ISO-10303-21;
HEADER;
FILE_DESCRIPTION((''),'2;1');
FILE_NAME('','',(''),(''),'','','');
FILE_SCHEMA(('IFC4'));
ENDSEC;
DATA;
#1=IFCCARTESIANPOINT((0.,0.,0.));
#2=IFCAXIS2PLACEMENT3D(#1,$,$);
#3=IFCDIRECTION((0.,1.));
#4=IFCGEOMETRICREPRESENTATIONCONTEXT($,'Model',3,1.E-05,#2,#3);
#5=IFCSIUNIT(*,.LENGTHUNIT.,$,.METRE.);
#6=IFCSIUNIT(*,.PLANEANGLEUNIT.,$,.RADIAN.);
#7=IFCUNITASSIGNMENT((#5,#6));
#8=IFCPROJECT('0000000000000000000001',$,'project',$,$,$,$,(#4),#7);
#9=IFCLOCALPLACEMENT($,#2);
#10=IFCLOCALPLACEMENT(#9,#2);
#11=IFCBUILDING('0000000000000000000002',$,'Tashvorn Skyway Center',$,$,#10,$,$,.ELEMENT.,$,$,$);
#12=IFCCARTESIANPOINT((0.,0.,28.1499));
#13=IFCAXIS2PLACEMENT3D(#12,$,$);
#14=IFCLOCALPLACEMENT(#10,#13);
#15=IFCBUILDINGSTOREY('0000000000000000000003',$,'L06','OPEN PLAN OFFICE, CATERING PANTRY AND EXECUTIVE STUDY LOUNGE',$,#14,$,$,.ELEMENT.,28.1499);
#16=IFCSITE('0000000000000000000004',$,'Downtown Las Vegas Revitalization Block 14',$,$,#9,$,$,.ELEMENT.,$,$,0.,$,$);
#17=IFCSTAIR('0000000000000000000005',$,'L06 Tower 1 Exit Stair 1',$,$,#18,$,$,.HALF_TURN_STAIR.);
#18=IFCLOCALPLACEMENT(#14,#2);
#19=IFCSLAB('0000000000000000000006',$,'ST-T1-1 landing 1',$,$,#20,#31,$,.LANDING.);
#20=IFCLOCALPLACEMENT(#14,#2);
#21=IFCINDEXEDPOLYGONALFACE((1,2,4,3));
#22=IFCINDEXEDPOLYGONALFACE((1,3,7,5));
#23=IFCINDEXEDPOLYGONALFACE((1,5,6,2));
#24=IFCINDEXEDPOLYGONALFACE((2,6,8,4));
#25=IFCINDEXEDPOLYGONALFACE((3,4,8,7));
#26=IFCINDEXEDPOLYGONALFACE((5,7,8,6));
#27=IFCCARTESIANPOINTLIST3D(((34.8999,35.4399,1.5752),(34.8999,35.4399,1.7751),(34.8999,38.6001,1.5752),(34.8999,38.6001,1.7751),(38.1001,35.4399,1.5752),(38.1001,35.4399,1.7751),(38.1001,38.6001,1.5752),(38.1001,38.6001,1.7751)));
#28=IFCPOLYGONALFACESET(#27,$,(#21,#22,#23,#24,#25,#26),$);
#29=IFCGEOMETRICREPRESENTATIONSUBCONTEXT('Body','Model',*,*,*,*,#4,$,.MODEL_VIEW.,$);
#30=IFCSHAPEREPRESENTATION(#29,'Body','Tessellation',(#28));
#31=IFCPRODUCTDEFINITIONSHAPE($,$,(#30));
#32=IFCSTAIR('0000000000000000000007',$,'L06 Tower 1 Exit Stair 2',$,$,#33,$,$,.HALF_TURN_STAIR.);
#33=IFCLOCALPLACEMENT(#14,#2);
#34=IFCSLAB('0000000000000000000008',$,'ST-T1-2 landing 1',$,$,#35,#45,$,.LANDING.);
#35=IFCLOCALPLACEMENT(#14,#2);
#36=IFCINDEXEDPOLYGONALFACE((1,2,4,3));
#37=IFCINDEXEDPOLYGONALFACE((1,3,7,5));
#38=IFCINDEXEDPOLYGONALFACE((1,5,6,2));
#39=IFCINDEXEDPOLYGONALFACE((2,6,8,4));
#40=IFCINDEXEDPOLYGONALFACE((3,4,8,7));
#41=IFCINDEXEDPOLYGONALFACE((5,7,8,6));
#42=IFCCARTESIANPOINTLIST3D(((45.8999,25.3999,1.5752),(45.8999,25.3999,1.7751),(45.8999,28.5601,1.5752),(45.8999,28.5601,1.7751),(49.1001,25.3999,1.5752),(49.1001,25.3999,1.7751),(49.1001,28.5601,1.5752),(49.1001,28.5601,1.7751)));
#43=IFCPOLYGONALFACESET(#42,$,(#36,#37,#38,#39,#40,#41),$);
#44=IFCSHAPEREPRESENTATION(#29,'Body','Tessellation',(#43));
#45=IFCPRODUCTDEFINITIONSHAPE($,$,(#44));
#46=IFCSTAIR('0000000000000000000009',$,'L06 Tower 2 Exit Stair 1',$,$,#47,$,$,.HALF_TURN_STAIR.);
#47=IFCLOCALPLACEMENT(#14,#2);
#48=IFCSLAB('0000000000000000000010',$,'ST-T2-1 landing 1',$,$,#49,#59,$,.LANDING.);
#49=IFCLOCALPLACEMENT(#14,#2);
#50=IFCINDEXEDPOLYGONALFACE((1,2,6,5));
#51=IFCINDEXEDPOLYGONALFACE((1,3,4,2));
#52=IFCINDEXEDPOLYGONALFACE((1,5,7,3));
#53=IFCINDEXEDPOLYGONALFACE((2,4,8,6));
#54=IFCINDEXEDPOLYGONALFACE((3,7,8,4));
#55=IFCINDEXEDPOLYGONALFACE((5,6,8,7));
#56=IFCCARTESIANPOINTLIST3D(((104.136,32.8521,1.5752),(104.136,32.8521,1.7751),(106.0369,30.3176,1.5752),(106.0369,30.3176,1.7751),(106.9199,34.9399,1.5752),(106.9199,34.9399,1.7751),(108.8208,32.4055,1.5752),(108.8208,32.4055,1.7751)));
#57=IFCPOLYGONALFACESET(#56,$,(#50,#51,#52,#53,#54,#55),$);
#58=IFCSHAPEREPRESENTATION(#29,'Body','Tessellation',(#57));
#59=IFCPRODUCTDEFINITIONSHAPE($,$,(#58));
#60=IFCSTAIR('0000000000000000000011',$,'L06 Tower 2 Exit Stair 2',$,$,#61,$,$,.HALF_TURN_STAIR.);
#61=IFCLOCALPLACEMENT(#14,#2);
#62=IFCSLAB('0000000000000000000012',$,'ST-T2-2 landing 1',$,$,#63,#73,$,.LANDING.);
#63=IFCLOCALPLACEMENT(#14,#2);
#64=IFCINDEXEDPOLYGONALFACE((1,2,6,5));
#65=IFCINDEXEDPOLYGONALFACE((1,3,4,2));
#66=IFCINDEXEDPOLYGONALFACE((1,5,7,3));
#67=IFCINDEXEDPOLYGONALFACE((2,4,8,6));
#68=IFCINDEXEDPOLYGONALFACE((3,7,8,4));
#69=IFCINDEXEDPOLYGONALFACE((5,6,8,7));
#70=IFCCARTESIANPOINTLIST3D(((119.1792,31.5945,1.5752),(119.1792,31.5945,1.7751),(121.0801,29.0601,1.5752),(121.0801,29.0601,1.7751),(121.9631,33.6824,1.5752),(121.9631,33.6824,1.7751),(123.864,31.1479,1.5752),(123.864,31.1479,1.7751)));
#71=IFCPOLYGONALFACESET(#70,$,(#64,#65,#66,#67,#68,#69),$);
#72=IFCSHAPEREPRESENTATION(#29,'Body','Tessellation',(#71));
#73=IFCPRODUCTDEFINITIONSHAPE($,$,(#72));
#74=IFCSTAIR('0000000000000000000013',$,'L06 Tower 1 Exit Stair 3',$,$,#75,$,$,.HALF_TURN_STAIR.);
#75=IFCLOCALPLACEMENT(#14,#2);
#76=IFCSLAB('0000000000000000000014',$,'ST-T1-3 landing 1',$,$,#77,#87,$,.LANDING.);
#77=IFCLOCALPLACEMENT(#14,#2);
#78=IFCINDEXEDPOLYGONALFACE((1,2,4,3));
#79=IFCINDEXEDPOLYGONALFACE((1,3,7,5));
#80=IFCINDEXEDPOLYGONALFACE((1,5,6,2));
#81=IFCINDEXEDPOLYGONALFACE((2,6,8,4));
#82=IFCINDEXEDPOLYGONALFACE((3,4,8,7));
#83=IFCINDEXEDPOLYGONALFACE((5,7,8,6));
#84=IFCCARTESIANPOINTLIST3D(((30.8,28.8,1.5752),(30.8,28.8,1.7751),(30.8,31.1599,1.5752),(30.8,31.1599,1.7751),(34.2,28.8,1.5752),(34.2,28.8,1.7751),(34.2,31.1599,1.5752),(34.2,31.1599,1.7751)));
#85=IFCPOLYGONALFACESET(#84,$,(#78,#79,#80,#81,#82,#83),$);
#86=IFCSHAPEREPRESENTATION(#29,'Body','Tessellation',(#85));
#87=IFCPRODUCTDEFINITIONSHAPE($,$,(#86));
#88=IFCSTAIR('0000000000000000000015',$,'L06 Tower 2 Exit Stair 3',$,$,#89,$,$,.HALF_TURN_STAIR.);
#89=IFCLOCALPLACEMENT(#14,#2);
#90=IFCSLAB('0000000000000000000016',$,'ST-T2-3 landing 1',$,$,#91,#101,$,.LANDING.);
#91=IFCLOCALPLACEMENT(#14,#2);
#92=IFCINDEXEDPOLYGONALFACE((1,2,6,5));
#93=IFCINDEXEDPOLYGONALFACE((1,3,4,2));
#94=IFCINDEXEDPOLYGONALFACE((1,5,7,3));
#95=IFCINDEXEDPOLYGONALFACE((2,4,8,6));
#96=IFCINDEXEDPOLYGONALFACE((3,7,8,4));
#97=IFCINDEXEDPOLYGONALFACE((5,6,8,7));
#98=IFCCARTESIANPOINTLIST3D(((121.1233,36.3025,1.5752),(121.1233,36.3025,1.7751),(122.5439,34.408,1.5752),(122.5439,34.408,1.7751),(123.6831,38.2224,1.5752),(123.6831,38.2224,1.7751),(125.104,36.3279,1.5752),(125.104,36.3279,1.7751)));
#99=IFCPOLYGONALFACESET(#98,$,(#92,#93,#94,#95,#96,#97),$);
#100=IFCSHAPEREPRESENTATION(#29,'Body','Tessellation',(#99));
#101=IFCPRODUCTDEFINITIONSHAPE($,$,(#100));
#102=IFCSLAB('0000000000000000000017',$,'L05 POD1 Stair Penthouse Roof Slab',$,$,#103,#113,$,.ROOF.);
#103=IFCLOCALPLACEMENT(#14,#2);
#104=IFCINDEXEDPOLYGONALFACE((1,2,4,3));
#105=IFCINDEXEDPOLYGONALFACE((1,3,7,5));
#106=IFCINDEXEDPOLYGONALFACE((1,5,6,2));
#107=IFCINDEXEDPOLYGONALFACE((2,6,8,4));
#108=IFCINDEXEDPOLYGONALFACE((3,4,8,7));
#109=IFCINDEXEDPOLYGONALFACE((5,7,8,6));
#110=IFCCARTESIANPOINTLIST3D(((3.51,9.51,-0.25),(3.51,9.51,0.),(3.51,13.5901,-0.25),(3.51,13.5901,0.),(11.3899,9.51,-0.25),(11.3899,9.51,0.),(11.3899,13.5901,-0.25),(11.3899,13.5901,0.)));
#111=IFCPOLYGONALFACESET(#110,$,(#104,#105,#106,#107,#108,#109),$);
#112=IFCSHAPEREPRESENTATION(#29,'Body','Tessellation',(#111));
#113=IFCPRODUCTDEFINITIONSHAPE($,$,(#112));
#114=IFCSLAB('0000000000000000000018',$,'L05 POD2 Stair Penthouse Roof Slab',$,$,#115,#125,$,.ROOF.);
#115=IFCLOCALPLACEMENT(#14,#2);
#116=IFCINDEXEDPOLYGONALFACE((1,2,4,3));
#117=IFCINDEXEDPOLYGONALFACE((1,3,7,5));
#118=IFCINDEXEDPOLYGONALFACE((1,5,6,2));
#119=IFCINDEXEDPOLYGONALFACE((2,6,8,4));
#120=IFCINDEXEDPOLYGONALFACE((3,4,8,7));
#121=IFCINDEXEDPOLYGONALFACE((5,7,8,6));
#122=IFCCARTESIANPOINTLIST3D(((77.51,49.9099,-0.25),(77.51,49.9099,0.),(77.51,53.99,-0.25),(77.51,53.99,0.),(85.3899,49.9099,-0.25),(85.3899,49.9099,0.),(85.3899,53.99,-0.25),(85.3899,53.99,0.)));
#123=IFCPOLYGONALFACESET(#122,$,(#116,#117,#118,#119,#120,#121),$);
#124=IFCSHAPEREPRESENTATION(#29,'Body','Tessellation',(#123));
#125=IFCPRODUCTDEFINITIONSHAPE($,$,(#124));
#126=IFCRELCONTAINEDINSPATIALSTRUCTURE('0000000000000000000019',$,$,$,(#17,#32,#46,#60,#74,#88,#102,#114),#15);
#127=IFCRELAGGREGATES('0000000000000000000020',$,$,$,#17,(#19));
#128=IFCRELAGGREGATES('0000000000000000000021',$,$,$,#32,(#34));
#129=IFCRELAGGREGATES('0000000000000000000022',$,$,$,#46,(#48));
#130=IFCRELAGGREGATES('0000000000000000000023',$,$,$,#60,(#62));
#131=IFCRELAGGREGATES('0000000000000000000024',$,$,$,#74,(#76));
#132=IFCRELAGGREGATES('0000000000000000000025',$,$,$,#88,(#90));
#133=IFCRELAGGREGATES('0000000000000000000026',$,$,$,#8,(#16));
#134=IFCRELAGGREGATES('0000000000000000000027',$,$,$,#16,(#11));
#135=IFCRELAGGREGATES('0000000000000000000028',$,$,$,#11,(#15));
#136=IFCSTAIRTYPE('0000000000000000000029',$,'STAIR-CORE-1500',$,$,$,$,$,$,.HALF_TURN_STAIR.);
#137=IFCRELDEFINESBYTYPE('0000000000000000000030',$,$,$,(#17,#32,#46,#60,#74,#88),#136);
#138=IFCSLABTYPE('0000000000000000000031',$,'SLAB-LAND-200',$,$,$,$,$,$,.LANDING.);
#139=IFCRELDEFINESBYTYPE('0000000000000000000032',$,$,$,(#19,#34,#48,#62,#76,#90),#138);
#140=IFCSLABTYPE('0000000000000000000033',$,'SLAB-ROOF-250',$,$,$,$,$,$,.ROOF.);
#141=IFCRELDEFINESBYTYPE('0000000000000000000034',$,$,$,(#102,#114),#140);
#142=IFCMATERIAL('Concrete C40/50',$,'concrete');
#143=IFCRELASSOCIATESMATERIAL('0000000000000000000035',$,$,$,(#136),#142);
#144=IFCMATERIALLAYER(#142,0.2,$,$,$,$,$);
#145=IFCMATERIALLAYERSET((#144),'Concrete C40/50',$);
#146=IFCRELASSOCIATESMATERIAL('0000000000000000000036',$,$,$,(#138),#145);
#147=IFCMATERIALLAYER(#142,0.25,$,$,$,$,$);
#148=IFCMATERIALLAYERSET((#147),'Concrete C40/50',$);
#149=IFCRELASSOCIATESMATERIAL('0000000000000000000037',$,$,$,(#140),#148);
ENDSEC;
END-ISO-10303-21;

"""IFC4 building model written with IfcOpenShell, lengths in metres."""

from ifc_helpers import new_model, si_unit, direction, frame, origin, place, context, subcontext, project, spatial, polyline, outline, extrude, material, layer, layer_set, type_object, element, aggregate, save


model = new_model("IFC4")

# Units and contexts
model_context = context("Model", 3, precision=1e-05, world=origin(), true_north=direction((0.0, 1.0)))
body_context = subcontext(model_context, "Body", "Model", "MODEL_VIEW")
ifc_project = project(units=[si_unit("LENGTHUNIT", "METRE"), si_unit("PLANEANGLEUNIT", "RADIAN")], contexts=[model_context])

# Site, building, storey
site_placement = place(None, origin())
site = spatial("IfcSite", under=ifc_project, at=site_placement, Name="Downtown Las Vegas Revitalization Block 14", CompositionType="ELEMENT", RefElevation=0.0)
building_placement = place(site_placement, origin())
building = spatial("IfcBuilding", under=site, at=building_placement, Name="Tashvorn Skyway Center", CompositionType="ELEMENT")
storey_placement = place(building_placement, frame((0.0, 0.0, 28.1499)))
storey = spatial("IfcBuildingStorey", under=building, at=storey_placement, Name="L06", Description="OPEN PLAN OFFICE, CATERING PANTRY AND EXECUTIVE STUDY LOUNGE", CompositionType="ELEMENT", Elevation=28.1499)

# Shared definitions
ifc_material_1 = material(Name="Concrete C40/50", Category="concrete")

# Stairs, slabs
stair_type = type_object("IfcStairType", Name="STAIR-CORE-1500", PredefinedType="HALF_TURN_STAIR", material=ifc_material_1)
stair_1_placement = place(storey_placement, origin())
stair_1 = element("IfcStair", 1, at=stair_1_placement, inside=storey, type_object=stair_type, Name="L06 Tower 1 Exit Stair 1", PredefinedType="HALF_TURN_STAIR")
ifc_layer_1 = layer(ifc_material_1, 0.2)
ifc_layer_set_1 = layer_set([ifc_layer_1], Name="Concrete C40/50")
slab_type_1 = type_object("IfcSlabType", Name="SLAB-LAND-200", PredefinedType="LANDING", material=ifc_layer_set_1)
slab_1_placement = place(storey_placement, frame((0.0, 0.0, 1.5752)))
slab_1 = element("IfcSlab", 2, at=slab_1_placement, type_object=slab_type_1, Name="ST-T1-1 landing 1", PredefinedType="LANDING", context=body_context, shape_type="SweptSolid", body=[
    extrude(outline(polyline([(38.1001, 35.4399), (38.1001, 38.6001), (34.8999, 38.6001), (34.8999, 35.4399), (38.1001, 35.4399)])), origin(), (0.0, 0.0, 1.0), 0.2),
])
aggregate(stair_1, [slab_1])
stair_2_placement = place(storey_placement, origin())
stair_2 = element("IfcStair", 3, at=stair_2_placement, inside=storey, type_object=stair_type, Name="L06 Tower 1 Exit Stair 2", PredefinedType="HALF_TURN_STAIR")
slab_2_placement = place(storey_placement, frame((0.0, 0.0, 1.5752)))
slab_2 = element("IfcSlab", 4, at=slab_2_placement, type_object=slab_type_1, Name="ST-T1-2 landing 1", PredefinedType="LANDING", context=body_context, shape_type="SweptSolid", body=[
    extrude(outline(polyline([(45.8999, 28.5601), (45.8999, 25.3999), (49.1001, 25.3999), (49.1001, 28.5601), (45.8999, 28.5601)])), origin(), (0.0, 0.0, 1.0), 0.2),
])
aggregate(stair_2, [slab_2])
stair_3_placement = place(storey_placement, origin())
stair_3 = element("IfcStair", 5, at=stair_3_placement, inside=storey, type_object=stair_type, Name="L06 Tower 2 Exit Stair 1", PredefinedType="HALF_TURN_STAIR")
slab_3_placement = place(storey_placement, frame((0.0, 0.0, 1.5752)))
slab_3 = element("IfcSlab", 6, at=slab_3_placement, type_object=slab_type_1, Name="ST-T2-1 landing 1", PredefinedType="LANDING", context=body_context, shape_type="SweptSolid", body=[
    extrude(outline(polyline([(108.8208, 32.4055), (106.9199, 34.9399), (104.136, 32.8521), (106.0369, 30.3176), (108.8208, 32.4055)])), origin(), (0.0, 0.0, 1.0), 0.2),
])
aggregate(stair_3, [slab_3])
stair_4_placement = place(storey_placement, origin())
stair_4 = element("IfcStair", 7, at=stair_4_placement, inside=storey, type_object=stair_type, Name="L06 Tower 2 Exit Stair 2", PredefinedType="HALF_TURN_STAIR")
slab_4_placement = place(storey_placement, frame((0.0, 0.0, 1.5752)))
slab_4 = element("IfcSlab", 8, at=slab_4_placement, type_object=slab_type_1, Name="ST-T2-2 landing 1", PredefinedType="LANDING", context=body_context, shape_type="SweptSolid", body=[
    extrude(outline(polyline([(119.1792, 31.5945), (121.0801, 29.0601), (123.864, 31.1479), (121.9631, 33.6824), (119.1792, 31.5945)])), origin(), (0.0, 0.0, 1.0), 0.2),
])
aggregate(stair_4, [slab_4])
stair_5_placement = place(storey_placement, origin())
stair_5 = element("IfcStair", 9, at=stair_5_placement, inside=storey, type_object=stair_type, Name="L06 Tower 1 Exit Stair 3", PredefinedType="HALF_TURN_STAIR")
slab_5_placement = place(storey_placement, frame((0.0, 0.0, 1.5752)))
slab_5 = element("IfcSlab", 10, at=slab_5_placement, type_object=slab_type_1, Name="ST-T1-3 landing 1", PredefinedType="LANDING", context=body_context, shape_type="SweptSolid", body=[
    extrude(outline(polyline([(30.8, 31.1599), (30.8, 28.8), (34.2, 28.8), (34.2, 31.1599), (30.8, 31.1599)])), origin(), (0.0, 0.0, 1.0), 0.2),
])
aggregate(stair_5, [slab_5])
stair_6_placement = place(storey_placement, origin())
stair_6 = element("IfcStair", 11, at=stair_6_placement, inside=storey, type_object=stair_type, Name="L06 Tower 2 Exit Stair 3", PredefinedType="HALF_TURN_STAIR")
slab_6_placement = place(storey_placement, frame((0.0, 0.0, 1.5752)))
slab_6 = element("IfcSlab", 12, at=slab_6_placement, type_object=slab_type_1, Name="ST-T2-3 landing 1", PredefinedType="LANDING", context=body_context, shape_type="SweptSolid", body=[
    extrude(outline(polyline([(121.1233, 36.3025), (122.5439, 34.408), (125.104, 36.3279), (123.6831, 38.2224), (121.1233, 36.3025)])), origin(), (0.0, 0.0, 1.0), 0.2),
])
aggregate(stair_6, [slab_6])

# Slabs
ifc_layer_2 = layer(ifc_material_1, 0.25)
ifc_layer_set_2 = layer_set([ifc_layer_2], Name="Concrete C40/50")
slab_type_2 = type_object("IfcSlabType", Name="SLAB-ROOF-250", PredefinedType="ROOF", material=ifc_layer_set_2)
slab_7_placement = place(storey_placement, frame((0.0, 0.0, -0.25)))
element("IfcSlab", 13, at=slab_7_placement, inside=storey, type_object=slab_type_2, Name="L05 POD1 Stair Penthouse Roof Slab", PredefinedType="ROOF", context=body_context, shape_type="SweptSolid", body=[
    extrude(outline(polyline([(3.51, 9.51), (11.3899, 9.51), (11.3899, 13.5901), (3.51, 13.5901), (3.51, 9.51)])), origin(), (0.0, 0.0, 1.0), 0.25),
])
slab_8_placement = place(storey_placement, frame((0.0, 0.0, -0.25)))
element("IfcSlab", 14, at=slab_8_placement, inside=storey, type_object=slab_type_2, Name="L05 POD2 Stair Penthouse Roof Slab", PredefinedType="ROOF", context=body_context, shape_type="SweptSolid", body=[
    extrude(outline(polyline([(77.51, 49.9099), (85.3899, 49.9099), (85.3899, 53.99), (77.51, 53.99), (77.51, 49.9099)])), origin(), (0.0, 0.0, 1.0), 0.25),
])

save(model, "model.ifc")
